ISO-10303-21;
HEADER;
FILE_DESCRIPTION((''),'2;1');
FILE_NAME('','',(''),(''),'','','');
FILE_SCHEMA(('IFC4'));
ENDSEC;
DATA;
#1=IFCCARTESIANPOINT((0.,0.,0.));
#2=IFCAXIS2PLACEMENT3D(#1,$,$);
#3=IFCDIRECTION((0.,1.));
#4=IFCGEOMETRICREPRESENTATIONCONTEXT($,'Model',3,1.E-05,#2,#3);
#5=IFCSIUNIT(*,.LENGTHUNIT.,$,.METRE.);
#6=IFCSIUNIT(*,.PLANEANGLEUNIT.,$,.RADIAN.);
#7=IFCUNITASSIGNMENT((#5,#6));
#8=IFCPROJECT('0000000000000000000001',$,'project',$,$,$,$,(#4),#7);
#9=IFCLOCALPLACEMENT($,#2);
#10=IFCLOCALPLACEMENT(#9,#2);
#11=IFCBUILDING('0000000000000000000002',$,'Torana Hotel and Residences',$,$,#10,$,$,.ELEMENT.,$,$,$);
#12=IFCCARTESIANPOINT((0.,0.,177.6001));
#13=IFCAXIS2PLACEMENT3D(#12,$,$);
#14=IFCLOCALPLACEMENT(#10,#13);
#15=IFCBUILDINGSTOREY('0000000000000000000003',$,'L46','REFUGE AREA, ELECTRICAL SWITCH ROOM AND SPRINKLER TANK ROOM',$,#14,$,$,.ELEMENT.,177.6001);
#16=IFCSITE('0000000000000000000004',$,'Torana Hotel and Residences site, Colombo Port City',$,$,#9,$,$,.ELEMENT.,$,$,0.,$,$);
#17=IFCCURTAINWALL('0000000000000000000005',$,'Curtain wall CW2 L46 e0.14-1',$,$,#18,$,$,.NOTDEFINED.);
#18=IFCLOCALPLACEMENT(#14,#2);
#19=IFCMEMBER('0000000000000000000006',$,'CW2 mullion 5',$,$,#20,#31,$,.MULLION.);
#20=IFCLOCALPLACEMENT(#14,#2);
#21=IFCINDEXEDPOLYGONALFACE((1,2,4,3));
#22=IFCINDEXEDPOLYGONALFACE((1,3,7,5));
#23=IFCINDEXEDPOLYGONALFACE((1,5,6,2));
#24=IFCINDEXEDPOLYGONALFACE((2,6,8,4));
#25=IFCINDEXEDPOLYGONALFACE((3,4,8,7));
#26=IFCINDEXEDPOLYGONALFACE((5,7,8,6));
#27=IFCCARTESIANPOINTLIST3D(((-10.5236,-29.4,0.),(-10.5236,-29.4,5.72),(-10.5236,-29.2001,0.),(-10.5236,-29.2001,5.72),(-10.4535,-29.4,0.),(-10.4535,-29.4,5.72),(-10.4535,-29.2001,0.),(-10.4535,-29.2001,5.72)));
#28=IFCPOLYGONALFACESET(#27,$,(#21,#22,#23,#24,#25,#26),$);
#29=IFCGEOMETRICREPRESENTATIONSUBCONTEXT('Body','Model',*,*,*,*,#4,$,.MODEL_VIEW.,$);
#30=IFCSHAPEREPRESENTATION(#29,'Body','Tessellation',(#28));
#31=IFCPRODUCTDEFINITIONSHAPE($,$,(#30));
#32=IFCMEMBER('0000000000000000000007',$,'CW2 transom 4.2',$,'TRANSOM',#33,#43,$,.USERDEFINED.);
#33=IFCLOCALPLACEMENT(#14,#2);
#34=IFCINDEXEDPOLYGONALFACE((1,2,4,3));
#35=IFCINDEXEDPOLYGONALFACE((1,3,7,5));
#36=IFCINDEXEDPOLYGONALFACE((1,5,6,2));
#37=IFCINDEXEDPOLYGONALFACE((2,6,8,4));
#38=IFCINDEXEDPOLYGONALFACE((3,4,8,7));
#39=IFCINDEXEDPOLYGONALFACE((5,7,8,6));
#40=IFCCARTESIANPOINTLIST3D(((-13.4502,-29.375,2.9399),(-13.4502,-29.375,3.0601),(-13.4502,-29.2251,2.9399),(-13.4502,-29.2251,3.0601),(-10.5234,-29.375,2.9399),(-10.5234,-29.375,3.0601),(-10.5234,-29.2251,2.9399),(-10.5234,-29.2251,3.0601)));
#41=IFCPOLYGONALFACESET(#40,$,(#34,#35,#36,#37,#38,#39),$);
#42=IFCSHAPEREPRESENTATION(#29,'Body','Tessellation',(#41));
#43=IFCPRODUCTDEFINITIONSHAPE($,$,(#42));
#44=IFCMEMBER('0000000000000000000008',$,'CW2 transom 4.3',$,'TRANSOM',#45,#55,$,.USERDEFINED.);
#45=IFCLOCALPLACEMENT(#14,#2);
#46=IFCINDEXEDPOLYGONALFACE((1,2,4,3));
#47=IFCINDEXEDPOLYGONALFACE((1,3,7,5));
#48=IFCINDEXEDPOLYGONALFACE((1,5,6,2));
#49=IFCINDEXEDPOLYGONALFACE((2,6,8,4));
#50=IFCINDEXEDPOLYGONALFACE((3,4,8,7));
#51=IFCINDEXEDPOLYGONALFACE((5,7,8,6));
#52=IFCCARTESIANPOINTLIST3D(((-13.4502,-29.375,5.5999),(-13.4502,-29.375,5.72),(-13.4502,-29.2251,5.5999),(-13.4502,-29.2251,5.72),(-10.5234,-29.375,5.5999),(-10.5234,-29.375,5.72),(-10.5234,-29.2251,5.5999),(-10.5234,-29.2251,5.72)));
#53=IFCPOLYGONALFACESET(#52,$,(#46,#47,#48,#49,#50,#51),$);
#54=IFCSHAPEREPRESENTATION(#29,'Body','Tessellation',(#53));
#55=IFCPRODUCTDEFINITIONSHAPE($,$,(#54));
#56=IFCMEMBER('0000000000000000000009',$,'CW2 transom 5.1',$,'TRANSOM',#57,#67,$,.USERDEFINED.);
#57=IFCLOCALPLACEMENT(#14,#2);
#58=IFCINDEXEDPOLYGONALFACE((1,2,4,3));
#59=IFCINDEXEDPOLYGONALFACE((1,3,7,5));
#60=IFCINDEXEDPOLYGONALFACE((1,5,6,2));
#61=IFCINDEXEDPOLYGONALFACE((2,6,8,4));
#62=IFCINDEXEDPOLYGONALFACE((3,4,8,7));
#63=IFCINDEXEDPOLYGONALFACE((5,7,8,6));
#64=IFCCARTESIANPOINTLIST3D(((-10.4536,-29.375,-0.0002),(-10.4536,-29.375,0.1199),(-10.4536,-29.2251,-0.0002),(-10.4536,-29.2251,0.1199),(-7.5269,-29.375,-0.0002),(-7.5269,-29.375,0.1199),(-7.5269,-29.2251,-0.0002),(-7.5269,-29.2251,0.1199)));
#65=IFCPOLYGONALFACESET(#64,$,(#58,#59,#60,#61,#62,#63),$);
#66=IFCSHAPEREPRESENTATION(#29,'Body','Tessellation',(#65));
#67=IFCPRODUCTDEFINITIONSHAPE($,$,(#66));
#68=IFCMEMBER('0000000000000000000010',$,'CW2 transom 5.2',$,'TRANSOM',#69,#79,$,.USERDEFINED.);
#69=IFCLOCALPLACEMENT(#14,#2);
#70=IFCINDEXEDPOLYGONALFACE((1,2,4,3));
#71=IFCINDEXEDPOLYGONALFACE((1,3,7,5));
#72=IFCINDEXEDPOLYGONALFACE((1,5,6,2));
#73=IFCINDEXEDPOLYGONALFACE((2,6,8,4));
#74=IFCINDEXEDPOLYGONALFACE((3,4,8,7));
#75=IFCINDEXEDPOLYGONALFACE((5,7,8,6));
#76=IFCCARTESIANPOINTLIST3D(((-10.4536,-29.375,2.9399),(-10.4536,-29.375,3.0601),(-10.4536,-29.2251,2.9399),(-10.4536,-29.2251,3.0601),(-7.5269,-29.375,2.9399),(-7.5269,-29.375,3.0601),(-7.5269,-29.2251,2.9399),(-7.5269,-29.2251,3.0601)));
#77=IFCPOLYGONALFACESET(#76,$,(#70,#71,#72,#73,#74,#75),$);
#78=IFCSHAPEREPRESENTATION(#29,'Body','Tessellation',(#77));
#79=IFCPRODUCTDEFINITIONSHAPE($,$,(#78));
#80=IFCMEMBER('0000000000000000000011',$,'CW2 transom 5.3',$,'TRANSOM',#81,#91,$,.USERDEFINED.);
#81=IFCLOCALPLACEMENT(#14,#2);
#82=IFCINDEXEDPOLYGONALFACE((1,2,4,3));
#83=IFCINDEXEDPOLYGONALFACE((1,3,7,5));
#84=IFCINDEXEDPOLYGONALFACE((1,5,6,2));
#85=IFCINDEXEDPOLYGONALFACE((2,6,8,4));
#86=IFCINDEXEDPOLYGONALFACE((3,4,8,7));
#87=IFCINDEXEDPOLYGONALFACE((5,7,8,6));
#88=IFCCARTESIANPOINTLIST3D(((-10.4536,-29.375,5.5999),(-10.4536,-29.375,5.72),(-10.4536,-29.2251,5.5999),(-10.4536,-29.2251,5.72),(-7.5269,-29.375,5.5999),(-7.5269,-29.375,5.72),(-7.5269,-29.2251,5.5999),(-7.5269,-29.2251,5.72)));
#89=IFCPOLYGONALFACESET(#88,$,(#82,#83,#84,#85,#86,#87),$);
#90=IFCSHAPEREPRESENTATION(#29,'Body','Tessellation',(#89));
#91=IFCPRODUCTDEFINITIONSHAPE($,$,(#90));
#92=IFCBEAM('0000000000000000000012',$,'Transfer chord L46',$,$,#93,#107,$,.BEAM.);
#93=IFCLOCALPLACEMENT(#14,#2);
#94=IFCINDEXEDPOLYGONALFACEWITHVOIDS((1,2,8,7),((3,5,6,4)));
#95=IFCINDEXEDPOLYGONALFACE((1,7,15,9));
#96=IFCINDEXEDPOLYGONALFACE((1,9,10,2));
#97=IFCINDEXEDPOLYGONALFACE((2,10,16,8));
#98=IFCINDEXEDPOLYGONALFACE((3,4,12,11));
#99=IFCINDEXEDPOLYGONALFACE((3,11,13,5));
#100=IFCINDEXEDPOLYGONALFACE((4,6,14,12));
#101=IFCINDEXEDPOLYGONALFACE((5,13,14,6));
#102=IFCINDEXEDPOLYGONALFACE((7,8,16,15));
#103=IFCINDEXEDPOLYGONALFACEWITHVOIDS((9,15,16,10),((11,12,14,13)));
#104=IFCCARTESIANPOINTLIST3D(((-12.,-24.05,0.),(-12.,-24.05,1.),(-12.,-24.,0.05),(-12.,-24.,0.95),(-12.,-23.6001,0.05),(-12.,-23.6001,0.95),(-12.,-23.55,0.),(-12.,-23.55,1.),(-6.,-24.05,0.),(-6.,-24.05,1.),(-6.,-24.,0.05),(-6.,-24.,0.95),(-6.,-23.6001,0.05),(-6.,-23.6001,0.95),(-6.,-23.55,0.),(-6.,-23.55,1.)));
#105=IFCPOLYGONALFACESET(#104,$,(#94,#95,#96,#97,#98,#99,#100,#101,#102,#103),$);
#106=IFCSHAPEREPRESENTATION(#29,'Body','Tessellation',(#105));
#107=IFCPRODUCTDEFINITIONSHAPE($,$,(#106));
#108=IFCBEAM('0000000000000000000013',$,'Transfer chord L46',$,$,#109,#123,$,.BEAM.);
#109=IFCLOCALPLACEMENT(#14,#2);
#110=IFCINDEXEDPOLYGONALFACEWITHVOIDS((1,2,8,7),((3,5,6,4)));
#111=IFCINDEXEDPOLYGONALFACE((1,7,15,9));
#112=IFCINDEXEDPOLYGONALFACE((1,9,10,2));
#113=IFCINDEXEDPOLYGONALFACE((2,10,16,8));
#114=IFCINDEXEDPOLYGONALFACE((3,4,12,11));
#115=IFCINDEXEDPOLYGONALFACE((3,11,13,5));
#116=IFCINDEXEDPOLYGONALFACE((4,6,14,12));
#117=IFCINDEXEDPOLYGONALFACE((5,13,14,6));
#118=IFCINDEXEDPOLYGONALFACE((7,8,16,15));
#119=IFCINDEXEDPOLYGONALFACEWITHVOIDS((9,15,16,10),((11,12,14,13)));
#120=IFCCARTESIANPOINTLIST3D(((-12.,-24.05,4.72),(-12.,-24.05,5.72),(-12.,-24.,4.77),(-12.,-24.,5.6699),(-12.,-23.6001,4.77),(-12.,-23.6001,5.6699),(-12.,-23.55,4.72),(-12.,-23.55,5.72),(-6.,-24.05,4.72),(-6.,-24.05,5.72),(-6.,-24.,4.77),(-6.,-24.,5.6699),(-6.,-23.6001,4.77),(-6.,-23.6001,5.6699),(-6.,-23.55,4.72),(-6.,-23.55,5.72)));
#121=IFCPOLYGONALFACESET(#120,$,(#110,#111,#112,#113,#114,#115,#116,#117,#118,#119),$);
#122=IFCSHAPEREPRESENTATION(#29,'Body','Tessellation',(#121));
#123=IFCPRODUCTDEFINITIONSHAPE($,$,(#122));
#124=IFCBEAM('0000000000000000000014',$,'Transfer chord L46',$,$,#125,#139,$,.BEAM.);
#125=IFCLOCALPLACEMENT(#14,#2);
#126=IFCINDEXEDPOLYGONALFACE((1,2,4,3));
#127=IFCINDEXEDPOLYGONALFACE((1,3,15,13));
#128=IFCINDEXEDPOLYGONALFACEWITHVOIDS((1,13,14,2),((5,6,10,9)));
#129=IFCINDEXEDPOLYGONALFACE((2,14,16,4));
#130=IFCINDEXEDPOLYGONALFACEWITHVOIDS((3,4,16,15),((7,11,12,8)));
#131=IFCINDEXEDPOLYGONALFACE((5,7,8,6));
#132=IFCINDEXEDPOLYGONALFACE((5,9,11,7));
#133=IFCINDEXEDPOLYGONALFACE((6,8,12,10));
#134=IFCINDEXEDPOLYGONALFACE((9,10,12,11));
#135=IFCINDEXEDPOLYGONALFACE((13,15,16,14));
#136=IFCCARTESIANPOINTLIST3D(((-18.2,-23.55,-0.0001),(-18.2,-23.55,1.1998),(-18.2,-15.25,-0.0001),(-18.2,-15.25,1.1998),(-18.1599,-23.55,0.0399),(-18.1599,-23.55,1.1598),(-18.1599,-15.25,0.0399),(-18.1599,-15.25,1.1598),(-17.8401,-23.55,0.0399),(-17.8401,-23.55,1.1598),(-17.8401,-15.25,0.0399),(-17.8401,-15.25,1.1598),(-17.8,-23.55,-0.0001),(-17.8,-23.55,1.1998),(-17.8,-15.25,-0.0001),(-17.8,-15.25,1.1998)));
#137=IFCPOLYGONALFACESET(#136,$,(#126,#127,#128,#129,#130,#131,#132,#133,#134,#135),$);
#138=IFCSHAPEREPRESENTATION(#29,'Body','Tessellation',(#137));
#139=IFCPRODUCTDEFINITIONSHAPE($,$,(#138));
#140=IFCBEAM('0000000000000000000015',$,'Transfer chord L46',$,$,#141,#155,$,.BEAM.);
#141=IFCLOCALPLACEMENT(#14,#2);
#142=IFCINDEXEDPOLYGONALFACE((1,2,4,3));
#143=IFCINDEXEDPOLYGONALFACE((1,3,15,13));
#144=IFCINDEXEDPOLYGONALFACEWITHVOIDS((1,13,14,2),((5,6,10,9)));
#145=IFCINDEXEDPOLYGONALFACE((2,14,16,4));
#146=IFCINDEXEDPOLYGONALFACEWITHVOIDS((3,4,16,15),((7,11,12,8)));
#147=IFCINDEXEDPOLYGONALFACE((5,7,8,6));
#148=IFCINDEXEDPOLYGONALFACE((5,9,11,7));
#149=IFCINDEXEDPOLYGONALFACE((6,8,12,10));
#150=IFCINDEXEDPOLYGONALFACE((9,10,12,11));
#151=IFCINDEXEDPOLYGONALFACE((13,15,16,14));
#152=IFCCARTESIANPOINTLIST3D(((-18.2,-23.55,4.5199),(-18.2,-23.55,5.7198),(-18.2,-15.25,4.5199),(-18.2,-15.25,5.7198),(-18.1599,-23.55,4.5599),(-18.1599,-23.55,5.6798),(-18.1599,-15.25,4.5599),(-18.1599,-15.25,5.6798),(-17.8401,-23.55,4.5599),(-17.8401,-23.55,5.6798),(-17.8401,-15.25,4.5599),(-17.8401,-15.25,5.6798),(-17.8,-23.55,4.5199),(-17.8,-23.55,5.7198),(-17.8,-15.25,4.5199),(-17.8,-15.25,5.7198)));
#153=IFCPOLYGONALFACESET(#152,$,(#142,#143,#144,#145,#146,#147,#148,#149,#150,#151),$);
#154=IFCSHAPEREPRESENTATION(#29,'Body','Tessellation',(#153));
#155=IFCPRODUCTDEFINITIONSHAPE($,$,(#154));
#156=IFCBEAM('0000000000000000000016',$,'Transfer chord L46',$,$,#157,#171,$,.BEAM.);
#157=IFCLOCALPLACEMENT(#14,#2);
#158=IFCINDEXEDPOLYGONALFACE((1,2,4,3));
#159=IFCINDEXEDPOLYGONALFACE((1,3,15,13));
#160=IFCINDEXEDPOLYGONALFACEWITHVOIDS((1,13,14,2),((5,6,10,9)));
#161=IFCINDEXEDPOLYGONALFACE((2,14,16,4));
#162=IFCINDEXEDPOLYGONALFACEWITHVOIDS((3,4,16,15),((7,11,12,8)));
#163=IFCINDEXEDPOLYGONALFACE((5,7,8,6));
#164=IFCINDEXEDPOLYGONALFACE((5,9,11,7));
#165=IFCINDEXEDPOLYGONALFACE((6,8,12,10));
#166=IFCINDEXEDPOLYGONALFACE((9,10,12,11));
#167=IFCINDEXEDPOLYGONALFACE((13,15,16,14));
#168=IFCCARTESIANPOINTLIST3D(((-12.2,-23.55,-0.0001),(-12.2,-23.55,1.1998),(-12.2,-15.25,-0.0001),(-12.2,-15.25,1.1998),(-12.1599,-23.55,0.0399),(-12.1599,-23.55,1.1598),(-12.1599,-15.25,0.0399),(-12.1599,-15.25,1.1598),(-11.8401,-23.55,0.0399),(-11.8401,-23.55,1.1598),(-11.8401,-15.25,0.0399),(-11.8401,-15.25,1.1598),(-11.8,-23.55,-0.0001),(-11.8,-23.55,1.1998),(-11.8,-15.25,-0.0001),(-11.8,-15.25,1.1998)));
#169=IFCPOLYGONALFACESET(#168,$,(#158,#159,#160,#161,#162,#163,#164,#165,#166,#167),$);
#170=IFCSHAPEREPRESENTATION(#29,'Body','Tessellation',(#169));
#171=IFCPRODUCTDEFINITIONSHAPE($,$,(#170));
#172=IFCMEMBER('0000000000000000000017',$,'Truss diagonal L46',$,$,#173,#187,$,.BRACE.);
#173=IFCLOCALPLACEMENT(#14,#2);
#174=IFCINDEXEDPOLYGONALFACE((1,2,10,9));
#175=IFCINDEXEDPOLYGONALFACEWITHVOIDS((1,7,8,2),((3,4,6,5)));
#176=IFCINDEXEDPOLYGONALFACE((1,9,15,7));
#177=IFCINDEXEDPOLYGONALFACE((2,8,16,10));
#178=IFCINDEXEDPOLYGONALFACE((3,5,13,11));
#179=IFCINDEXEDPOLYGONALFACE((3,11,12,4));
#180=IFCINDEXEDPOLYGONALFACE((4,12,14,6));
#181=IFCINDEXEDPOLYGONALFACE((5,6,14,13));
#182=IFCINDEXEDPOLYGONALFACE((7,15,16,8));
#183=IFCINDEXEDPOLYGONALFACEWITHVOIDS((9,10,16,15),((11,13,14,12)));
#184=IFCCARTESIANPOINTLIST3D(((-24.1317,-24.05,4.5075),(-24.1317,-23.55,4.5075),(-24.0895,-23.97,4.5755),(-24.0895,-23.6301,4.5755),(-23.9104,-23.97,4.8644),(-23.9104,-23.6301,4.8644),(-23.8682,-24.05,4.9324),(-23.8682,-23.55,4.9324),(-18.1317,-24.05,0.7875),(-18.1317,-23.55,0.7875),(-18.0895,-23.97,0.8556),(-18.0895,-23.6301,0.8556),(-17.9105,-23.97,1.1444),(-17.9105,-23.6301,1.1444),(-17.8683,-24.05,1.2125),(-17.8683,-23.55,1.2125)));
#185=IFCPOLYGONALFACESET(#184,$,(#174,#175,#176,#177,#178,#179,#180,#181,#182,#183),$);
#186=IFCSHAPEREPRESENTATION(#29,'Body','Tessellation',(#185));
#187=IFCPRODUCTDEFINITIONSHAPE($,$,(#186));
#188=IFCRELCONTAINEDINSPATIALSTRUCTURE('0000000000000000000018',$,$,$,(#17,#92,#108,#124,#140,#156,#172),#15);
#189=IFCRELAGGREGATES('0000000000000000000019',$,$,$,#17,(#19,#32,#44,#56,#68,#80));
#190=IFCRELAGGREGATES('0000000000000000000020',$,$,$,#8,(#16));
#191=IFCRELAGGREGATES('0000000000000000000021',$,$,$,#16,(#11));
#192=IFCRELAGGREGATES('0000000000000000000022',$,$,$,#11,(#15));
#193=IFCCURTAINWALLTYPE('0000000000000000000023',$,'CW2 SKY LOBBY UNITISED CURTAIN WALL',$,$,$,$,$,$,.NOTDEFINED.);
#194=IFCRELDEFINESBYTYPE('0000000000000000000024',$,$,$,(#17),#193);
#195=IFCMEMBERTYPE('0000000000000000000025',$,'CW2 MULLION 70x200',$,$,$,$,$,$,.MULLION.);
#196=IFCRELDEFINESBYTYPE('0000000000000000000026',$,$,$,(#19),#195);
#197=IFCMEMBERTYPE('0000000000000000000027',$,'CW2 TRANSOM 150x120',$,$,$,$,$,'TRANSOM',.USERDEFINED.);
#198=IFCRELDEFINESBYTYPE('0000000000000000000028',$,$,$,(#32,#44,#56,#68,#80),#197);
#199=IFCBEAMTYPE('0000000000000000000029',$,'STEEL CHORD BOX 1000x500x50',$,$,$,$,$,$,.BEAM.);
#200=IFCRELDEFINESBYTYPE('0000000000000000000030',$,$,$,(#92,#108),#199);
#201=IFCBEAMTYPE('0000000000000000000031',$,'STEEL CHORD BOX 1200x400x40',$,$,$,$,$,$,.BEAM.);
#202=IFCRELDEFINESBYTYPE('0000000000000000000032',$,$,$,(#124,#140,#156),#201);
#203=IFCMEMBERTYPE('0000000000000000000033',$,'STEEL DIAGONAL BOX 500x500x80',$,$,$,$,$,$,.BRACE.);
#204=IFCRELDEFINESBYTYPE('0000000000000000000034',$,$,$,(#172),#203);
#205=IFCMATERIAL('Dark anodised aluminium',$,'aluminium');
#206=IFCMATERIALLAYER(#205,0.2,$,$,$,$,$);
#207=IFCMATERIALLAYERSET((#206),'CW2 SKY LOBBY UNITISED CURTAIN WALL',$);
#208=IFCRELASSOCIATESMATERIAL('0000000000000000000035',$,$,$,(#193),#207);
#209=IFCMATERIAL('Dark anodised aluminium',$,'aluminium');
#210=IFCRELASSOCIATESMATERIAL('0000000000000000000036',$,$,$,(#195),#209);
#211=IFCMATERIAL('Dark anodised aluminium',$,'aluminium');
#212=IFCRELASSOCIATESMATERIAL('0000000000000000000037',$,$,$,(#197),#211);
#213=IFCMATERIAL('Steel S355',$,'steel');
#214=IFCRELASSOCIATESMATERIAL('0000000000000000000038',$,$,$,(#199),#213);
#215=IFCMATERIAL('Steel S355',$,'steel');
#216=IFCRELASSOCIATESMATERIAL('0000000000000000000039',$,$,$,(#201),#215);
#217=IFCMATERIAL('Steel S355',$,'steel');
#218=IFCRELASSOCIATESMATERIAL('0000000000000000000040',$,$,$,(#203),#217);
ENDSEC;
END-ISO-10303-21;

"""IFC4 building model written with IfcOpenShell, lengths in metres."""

from ifc_helpers import new_model, si_unit, direction, frame, origin, origin_2d, place, context, subcontext, project, spatial, rectangle, hollow_rectangle, extrude, material, layer, layer_set, material_profile, profile_set, type_object, element, aggregate, save


model = new_model("IFC4")

# Units and contexts
model_context = context("Model", 3, precision=1e-05, world=origin(), true_north=direction((0.0, 1.0)))
body_context = subcontext(model_context, "Body", "Model", "MODEL_VIEW")
ifc_project = project(units=[si_unit("LENGTHUNIT", "METRE"), si_unit("PLANEANGLEUNIT", "RADIAN")], contexts=[model_context])

# Site, building, storey
site_placement = place(None, origin())
site = spatial("IfcSite", under=ifc_project, at=site_placement, Name="Torana Hotel and Residences site, Colombo Port City", CompositionType="ELEMENT", RefElevation=0.0)
building_placement = place(site_placement, origin())
building = spatial("IfcBuilding", under=site, at=building_placement, Name="Torana Hotel and Residences", CompositionType="ELEMENT")
storey_placement = place(building_placement, frame((0.0, 0.0, 177.6001)))
storey = spatial("IfcBuildingStorey", under=building, at=storey_placement, Name="L46", Description="REFUGE AREA, ELECTRICAL SWITCH ROOM AND SPRINKLER TANK ROOM", CompositionType="ELEMENT", Elevation=177.6001)

# Curtain wall, members
ifc_material_1 = material(Name="Dark anodised aluminium", Category="aluminium")
ifc_layer_1 = layer(ifc_material_1, 0.2)
ifc_layer_set_1 = layer_set([ifc_layer_1], Name="CW2 SKY LOBBY UNITISED CURTAIN WALL")
curtain_wall_type = type_object("IfcCurtainWallType", Name="CW2 SKY LOBBY UNITISED CURTAIN WALL", PredefinedType="NOTDEFINED", material=ifc_layer_set_1)
curtain_wall_placement = place(storey_placement, origin())
curtain_wall = element("IfcCurtainWall", 1, at=curtain_wall_placement, inside=storey, type_object=curtain_wall_type, Name="Curtain wall CW2 L46 e0.14-1", PredefinedType="NOTDEFINED")
ifc_material_2 = material(Name="Dark anodised aluminium", Category="aluminium")
ifc_material_profile_1 = material_profile(ifc_material_2, rectangle(XDim=0.2, YDim=0.0701, at=origin_2d()), Name="CW2 MULLION 70x200")
ifc_profile_set_1 = profile_set([ifc_material_profile_1], Name="Dark anodised aluminium")
member_type_1 = type_object("IfcMemberType", Name="CW2 MULLION 70x200", PredefinedType="MULLION", material=ifc_profile_set_1)
member_1_placement = place(storey_placement, frame((-10.4885, -29.3, 0.0), z_axis=(0.0, 0.0, 1.0), x_axis=(0.0, 1.0, 0.0)))
member_1 = element("IfcMember", 2, at=member_1_placement, type_object=member_type_1, Name="CW2 mullion 5", PredefinedType="MULLION", context=body_context, shape_type="SweptSolid", body=[
    extrude(rectangle(XDim=0.2, YDim=0.0701, at=origin_2d()), origin(), (0.0, 0.0, 1.0), 5.72),
])
ifc_material_3 = material(Name="Dark anodised aluminium", Category="aluminium")
ifc_material_profile_2 = material_profile(ifc_material_3, rectangle(XDim=0.1499, YDim=0.1201, at=origin_2d()), Name="CW2 TRANSOM 150x120")
ifc_profile_set_2 = profile_set([ifc_material_profile_2], Name="Dark anodised aluminium")
member_type_2 = type_object("IfcMemberType", Name="CW2 TRANSOM 150x120", ElementType="TRANSOM", PredefinedType="USERDEFINED", material=ifc_profile_set_2)
member_2_placement = place(storey_placement, frame((-13.4502, -29.3, 3.0), z_axis=(1.0, 0.0, 0.0), x_axis=(0.0, 1.0, 0.0)))
member_2 = element("IfcMember", 3, at=member_2_placement, type_object=member_type_2, Name="CW2 transom 4.2", ObjectType="TRANSOM", PredefinedType="USERDEFINED", context=body_context, shape_type="SweptSolid", body=[
    extrude(rectangle(XDim=0.1499, YDim=0.1201, at=origin_2d()), origin(), (0.0, 0.0, 1.0), 2.9268),
])
member_3_placement = place(storey_placement, frame((-13.4502, -29.3, 5.6599), z_axis=(1.0, 0.0, 0.0), x_axis=(0.0, 1.0, 0.0)))
member_3 = element("IfcMember", 4, at=member_3_placement, type_object=member_type_2, Name="CW2 transom 4.3", ObjectType="TRANSOM", PredefinedType="USERDEFINED", context=body_context, shape_type="SweptSolid", body=[
    extrude(rectangle(XDim=0.1499, YDim=0.1201, at=origin_2d()), origin(), (0.0, 0.0, 1.0), 2.9268),
])
member_4_placement = place(storey_placement, frame((-10.4536, -29.3, 0.0598), z_axis=(1.0, 0.0, 0.0), x_axis=(0.0, 1.0, 0.0)))
member_4 = element("IfcMember", 5, at=member_4_placement, type_object=member_type_2, Name="CW2 transom 5.1", ObjectType="TRANSOM", PredefinedType="USERDEFINED", context=body_context, shape_type="SweptSolid", body=[
    extrude(rectangle(XDim=0.1499, YDim=0.1201, at=origin_2d()), origin(), (0.0, 0.0, 1.0), 2.9268),
])
member_5_placement = place(storey_placement, frame((-10.4536, -29.3, 3.0), z_axis=(1.0, 0.0, 0.0), x_axis=(0.0, 1.0, 0.0)))
member_5 = element("IfcMember", 6, at=member_5_placement, type_object=member_type_2, Name="CW2 transom 5.2", ObjectType="TRANSOM", PredefinedType="USERDEFINED", context=body_context, shape_type="SweptSolid", body=[
    extrude(rectangle(XDim=0.1499, YDim=0.1201, at=origin_2d()), origin(), (0.0, 0.0, 1.0), 2.9268),
])
member_6_placement = place(storey_placement, frame((-10.4536, -29.3, 5.6599), z_axis=(1.0, 0.0, 0.0), x_axis=(0.0, 1.0, 0.0)))
member_6 = element("IfcMember", 7, at=member_6_placement, type_object=member_type_2, Name="CW2 transom 5.3", ObjectType="TRANSOM", PredefinedType="USERDEFINED", context=body_context, shape_type="SweptSolid", body=[
    extrude(rectangle(XDim=0.1499, YDim=0.1201, at=origin_2d()), origin(), (0.0, 0.0, 1.0), 2.9268),
])

# Beams
ifc_material_4 = material(Name="Steel S355", Category="steel")
ifc_material_profile_3 = material_profile(ifc_material_4, hollow_rectangle(XDim=0.5, YDim=1.0, WallThickness=0.05, at=origin_2d()), Name="BOX 1000x500x50")
ifc_profile_set_3 = profile_set([ifc_material_profile_3], Name="Steel S355")
beam_type_1 = type_object("IfcBeamType", Name="STEEL CHORD BOX 1000x500x50", PredefinedType="BEAM", material=ifc_profile_set_3)
for number, where, z_axis, x_axis, name in (
    (8, (-12.0, -23.8, 0.5), (1.0, 0.0, 0.0), (0.0, 1.0, 0.0), "Transfer chord L46"),
    (9, (-12.0, -23.8, 5.22), (1.0, 0.0, 0.0), (0.0, 1.0, 0.0), "Transfer chord L46"),
):
    element("IfcBeam", number, at=place(storey_placement, frame(where, z_axis=z_axis, x_axis=x_axis)), inside=storey, type_object=beam_type_1, Name=name, PredefinedType="BEAM", context=body_context, shape_type="SweptSolid", body=[
        extrude(hollow_rectangle(XDim=0.5, YDim=1.0, WallThickness=0.05, at=origin_2d()), origin(), (0.0, 0.0, 1.0), 6.0),
    ])
ifc_material_5 = material(Name="Steel S355", Category="steel")
ifc_material_profile_4 = material_profile(ifc_material_5, hollow_rectangle(XDim=0.3999, YDim=1.2, WallThickness=0.04, at=origin_2d()), Name="BOX 1200x400x40")
ifc_profile_set_4 = profile_set([ifc_material_profile_4], Name="Steel S355")
beam_type_2 = type_object("IfcBeamType", Name="STEEL CHORD BOX 1200x400x40", PredefinedType="BEAM", material=ifc_profile_set_4)
for number, where, z_axis, x_axis, name in (
    (10, (-18.0, -23.55, 0.5999), (0.0, 1.0, 0.0), (-1.0, 0.0, 0.0), "Transfer chord L46"),
    (11, (-18.0, -23.55, 5.1199), (0.0, 1.0, 0.0), (-1.0, 0.0, 0.0), "Transfer chord L46"),
    (12, (-12.0, -23.55, 0.5999), (0.0, 1.0, 0.0), (-1.0, 0.0, 0.0), "Transfer chord L46"),
):
    element("IfcBeam", number, at=place(storey_placement, frame(where, z_axis=z_axis, x_axis=x_axis)), inside=storey, type_object=beam_type_2, Name=name, PredefinedType="BEAM", context=body_context, shape_type="SweptSolid", body=[
        extrude(hollow_rectangle(XDim=0.3999, YDim=1.2, WallThickness=0.04, at=origin_2d()), origin(), (0.0, 0.0, 1.0), 8.3),
    ])

# Member
ifc_material_6 = material(Name="Steel S355", Category="steel")
ifc_material_profile_5 = material_profile(ifc_material_6, hollow_rectangle(XDim=0.5, YDim=0.5, WallThickness=0.0801, at=origin_2d()), Name="BOX 500x500x80")
ifc_profile_set_5 = profile_set([ifc_material_profile_5], Name="Steel S355")
member_type_3 = type_object("IfcMemberType", Name="STEEL DIAGONAL BOX 500x500x80", PredefinedType="BRACE", material=ifc_profile_set_5)
for number, where, z_axis, x_axis, name in (
    (13, (-18.0, -23.8, 1.0), (-0.849905, 0.0, 0.526937), (0.0, -1.0, 0.0), "Truss diagonal L46"),
):
    element("IfcMember", number, at=place(storey_placement, frame(where, z_axis=z_axis, x_axis=x_axis)), inside=storey, type_object=member_type_3, Name=name, PredefinedType="BRACE", context=body_context, shape_type="SweptSolid", body=[
        extrude(hollow_rectangle(XDim=0.5, YDim=0.5, WallThickness=0.0801, at=origin_2d()), origin(), (0.0, 0.0, 1.0), 7.0596),
    ])

aggregate(curtain_wall, [member_1, member_2, member_3, member_4, member_5, member_6])

save(model, "model.ifc")
